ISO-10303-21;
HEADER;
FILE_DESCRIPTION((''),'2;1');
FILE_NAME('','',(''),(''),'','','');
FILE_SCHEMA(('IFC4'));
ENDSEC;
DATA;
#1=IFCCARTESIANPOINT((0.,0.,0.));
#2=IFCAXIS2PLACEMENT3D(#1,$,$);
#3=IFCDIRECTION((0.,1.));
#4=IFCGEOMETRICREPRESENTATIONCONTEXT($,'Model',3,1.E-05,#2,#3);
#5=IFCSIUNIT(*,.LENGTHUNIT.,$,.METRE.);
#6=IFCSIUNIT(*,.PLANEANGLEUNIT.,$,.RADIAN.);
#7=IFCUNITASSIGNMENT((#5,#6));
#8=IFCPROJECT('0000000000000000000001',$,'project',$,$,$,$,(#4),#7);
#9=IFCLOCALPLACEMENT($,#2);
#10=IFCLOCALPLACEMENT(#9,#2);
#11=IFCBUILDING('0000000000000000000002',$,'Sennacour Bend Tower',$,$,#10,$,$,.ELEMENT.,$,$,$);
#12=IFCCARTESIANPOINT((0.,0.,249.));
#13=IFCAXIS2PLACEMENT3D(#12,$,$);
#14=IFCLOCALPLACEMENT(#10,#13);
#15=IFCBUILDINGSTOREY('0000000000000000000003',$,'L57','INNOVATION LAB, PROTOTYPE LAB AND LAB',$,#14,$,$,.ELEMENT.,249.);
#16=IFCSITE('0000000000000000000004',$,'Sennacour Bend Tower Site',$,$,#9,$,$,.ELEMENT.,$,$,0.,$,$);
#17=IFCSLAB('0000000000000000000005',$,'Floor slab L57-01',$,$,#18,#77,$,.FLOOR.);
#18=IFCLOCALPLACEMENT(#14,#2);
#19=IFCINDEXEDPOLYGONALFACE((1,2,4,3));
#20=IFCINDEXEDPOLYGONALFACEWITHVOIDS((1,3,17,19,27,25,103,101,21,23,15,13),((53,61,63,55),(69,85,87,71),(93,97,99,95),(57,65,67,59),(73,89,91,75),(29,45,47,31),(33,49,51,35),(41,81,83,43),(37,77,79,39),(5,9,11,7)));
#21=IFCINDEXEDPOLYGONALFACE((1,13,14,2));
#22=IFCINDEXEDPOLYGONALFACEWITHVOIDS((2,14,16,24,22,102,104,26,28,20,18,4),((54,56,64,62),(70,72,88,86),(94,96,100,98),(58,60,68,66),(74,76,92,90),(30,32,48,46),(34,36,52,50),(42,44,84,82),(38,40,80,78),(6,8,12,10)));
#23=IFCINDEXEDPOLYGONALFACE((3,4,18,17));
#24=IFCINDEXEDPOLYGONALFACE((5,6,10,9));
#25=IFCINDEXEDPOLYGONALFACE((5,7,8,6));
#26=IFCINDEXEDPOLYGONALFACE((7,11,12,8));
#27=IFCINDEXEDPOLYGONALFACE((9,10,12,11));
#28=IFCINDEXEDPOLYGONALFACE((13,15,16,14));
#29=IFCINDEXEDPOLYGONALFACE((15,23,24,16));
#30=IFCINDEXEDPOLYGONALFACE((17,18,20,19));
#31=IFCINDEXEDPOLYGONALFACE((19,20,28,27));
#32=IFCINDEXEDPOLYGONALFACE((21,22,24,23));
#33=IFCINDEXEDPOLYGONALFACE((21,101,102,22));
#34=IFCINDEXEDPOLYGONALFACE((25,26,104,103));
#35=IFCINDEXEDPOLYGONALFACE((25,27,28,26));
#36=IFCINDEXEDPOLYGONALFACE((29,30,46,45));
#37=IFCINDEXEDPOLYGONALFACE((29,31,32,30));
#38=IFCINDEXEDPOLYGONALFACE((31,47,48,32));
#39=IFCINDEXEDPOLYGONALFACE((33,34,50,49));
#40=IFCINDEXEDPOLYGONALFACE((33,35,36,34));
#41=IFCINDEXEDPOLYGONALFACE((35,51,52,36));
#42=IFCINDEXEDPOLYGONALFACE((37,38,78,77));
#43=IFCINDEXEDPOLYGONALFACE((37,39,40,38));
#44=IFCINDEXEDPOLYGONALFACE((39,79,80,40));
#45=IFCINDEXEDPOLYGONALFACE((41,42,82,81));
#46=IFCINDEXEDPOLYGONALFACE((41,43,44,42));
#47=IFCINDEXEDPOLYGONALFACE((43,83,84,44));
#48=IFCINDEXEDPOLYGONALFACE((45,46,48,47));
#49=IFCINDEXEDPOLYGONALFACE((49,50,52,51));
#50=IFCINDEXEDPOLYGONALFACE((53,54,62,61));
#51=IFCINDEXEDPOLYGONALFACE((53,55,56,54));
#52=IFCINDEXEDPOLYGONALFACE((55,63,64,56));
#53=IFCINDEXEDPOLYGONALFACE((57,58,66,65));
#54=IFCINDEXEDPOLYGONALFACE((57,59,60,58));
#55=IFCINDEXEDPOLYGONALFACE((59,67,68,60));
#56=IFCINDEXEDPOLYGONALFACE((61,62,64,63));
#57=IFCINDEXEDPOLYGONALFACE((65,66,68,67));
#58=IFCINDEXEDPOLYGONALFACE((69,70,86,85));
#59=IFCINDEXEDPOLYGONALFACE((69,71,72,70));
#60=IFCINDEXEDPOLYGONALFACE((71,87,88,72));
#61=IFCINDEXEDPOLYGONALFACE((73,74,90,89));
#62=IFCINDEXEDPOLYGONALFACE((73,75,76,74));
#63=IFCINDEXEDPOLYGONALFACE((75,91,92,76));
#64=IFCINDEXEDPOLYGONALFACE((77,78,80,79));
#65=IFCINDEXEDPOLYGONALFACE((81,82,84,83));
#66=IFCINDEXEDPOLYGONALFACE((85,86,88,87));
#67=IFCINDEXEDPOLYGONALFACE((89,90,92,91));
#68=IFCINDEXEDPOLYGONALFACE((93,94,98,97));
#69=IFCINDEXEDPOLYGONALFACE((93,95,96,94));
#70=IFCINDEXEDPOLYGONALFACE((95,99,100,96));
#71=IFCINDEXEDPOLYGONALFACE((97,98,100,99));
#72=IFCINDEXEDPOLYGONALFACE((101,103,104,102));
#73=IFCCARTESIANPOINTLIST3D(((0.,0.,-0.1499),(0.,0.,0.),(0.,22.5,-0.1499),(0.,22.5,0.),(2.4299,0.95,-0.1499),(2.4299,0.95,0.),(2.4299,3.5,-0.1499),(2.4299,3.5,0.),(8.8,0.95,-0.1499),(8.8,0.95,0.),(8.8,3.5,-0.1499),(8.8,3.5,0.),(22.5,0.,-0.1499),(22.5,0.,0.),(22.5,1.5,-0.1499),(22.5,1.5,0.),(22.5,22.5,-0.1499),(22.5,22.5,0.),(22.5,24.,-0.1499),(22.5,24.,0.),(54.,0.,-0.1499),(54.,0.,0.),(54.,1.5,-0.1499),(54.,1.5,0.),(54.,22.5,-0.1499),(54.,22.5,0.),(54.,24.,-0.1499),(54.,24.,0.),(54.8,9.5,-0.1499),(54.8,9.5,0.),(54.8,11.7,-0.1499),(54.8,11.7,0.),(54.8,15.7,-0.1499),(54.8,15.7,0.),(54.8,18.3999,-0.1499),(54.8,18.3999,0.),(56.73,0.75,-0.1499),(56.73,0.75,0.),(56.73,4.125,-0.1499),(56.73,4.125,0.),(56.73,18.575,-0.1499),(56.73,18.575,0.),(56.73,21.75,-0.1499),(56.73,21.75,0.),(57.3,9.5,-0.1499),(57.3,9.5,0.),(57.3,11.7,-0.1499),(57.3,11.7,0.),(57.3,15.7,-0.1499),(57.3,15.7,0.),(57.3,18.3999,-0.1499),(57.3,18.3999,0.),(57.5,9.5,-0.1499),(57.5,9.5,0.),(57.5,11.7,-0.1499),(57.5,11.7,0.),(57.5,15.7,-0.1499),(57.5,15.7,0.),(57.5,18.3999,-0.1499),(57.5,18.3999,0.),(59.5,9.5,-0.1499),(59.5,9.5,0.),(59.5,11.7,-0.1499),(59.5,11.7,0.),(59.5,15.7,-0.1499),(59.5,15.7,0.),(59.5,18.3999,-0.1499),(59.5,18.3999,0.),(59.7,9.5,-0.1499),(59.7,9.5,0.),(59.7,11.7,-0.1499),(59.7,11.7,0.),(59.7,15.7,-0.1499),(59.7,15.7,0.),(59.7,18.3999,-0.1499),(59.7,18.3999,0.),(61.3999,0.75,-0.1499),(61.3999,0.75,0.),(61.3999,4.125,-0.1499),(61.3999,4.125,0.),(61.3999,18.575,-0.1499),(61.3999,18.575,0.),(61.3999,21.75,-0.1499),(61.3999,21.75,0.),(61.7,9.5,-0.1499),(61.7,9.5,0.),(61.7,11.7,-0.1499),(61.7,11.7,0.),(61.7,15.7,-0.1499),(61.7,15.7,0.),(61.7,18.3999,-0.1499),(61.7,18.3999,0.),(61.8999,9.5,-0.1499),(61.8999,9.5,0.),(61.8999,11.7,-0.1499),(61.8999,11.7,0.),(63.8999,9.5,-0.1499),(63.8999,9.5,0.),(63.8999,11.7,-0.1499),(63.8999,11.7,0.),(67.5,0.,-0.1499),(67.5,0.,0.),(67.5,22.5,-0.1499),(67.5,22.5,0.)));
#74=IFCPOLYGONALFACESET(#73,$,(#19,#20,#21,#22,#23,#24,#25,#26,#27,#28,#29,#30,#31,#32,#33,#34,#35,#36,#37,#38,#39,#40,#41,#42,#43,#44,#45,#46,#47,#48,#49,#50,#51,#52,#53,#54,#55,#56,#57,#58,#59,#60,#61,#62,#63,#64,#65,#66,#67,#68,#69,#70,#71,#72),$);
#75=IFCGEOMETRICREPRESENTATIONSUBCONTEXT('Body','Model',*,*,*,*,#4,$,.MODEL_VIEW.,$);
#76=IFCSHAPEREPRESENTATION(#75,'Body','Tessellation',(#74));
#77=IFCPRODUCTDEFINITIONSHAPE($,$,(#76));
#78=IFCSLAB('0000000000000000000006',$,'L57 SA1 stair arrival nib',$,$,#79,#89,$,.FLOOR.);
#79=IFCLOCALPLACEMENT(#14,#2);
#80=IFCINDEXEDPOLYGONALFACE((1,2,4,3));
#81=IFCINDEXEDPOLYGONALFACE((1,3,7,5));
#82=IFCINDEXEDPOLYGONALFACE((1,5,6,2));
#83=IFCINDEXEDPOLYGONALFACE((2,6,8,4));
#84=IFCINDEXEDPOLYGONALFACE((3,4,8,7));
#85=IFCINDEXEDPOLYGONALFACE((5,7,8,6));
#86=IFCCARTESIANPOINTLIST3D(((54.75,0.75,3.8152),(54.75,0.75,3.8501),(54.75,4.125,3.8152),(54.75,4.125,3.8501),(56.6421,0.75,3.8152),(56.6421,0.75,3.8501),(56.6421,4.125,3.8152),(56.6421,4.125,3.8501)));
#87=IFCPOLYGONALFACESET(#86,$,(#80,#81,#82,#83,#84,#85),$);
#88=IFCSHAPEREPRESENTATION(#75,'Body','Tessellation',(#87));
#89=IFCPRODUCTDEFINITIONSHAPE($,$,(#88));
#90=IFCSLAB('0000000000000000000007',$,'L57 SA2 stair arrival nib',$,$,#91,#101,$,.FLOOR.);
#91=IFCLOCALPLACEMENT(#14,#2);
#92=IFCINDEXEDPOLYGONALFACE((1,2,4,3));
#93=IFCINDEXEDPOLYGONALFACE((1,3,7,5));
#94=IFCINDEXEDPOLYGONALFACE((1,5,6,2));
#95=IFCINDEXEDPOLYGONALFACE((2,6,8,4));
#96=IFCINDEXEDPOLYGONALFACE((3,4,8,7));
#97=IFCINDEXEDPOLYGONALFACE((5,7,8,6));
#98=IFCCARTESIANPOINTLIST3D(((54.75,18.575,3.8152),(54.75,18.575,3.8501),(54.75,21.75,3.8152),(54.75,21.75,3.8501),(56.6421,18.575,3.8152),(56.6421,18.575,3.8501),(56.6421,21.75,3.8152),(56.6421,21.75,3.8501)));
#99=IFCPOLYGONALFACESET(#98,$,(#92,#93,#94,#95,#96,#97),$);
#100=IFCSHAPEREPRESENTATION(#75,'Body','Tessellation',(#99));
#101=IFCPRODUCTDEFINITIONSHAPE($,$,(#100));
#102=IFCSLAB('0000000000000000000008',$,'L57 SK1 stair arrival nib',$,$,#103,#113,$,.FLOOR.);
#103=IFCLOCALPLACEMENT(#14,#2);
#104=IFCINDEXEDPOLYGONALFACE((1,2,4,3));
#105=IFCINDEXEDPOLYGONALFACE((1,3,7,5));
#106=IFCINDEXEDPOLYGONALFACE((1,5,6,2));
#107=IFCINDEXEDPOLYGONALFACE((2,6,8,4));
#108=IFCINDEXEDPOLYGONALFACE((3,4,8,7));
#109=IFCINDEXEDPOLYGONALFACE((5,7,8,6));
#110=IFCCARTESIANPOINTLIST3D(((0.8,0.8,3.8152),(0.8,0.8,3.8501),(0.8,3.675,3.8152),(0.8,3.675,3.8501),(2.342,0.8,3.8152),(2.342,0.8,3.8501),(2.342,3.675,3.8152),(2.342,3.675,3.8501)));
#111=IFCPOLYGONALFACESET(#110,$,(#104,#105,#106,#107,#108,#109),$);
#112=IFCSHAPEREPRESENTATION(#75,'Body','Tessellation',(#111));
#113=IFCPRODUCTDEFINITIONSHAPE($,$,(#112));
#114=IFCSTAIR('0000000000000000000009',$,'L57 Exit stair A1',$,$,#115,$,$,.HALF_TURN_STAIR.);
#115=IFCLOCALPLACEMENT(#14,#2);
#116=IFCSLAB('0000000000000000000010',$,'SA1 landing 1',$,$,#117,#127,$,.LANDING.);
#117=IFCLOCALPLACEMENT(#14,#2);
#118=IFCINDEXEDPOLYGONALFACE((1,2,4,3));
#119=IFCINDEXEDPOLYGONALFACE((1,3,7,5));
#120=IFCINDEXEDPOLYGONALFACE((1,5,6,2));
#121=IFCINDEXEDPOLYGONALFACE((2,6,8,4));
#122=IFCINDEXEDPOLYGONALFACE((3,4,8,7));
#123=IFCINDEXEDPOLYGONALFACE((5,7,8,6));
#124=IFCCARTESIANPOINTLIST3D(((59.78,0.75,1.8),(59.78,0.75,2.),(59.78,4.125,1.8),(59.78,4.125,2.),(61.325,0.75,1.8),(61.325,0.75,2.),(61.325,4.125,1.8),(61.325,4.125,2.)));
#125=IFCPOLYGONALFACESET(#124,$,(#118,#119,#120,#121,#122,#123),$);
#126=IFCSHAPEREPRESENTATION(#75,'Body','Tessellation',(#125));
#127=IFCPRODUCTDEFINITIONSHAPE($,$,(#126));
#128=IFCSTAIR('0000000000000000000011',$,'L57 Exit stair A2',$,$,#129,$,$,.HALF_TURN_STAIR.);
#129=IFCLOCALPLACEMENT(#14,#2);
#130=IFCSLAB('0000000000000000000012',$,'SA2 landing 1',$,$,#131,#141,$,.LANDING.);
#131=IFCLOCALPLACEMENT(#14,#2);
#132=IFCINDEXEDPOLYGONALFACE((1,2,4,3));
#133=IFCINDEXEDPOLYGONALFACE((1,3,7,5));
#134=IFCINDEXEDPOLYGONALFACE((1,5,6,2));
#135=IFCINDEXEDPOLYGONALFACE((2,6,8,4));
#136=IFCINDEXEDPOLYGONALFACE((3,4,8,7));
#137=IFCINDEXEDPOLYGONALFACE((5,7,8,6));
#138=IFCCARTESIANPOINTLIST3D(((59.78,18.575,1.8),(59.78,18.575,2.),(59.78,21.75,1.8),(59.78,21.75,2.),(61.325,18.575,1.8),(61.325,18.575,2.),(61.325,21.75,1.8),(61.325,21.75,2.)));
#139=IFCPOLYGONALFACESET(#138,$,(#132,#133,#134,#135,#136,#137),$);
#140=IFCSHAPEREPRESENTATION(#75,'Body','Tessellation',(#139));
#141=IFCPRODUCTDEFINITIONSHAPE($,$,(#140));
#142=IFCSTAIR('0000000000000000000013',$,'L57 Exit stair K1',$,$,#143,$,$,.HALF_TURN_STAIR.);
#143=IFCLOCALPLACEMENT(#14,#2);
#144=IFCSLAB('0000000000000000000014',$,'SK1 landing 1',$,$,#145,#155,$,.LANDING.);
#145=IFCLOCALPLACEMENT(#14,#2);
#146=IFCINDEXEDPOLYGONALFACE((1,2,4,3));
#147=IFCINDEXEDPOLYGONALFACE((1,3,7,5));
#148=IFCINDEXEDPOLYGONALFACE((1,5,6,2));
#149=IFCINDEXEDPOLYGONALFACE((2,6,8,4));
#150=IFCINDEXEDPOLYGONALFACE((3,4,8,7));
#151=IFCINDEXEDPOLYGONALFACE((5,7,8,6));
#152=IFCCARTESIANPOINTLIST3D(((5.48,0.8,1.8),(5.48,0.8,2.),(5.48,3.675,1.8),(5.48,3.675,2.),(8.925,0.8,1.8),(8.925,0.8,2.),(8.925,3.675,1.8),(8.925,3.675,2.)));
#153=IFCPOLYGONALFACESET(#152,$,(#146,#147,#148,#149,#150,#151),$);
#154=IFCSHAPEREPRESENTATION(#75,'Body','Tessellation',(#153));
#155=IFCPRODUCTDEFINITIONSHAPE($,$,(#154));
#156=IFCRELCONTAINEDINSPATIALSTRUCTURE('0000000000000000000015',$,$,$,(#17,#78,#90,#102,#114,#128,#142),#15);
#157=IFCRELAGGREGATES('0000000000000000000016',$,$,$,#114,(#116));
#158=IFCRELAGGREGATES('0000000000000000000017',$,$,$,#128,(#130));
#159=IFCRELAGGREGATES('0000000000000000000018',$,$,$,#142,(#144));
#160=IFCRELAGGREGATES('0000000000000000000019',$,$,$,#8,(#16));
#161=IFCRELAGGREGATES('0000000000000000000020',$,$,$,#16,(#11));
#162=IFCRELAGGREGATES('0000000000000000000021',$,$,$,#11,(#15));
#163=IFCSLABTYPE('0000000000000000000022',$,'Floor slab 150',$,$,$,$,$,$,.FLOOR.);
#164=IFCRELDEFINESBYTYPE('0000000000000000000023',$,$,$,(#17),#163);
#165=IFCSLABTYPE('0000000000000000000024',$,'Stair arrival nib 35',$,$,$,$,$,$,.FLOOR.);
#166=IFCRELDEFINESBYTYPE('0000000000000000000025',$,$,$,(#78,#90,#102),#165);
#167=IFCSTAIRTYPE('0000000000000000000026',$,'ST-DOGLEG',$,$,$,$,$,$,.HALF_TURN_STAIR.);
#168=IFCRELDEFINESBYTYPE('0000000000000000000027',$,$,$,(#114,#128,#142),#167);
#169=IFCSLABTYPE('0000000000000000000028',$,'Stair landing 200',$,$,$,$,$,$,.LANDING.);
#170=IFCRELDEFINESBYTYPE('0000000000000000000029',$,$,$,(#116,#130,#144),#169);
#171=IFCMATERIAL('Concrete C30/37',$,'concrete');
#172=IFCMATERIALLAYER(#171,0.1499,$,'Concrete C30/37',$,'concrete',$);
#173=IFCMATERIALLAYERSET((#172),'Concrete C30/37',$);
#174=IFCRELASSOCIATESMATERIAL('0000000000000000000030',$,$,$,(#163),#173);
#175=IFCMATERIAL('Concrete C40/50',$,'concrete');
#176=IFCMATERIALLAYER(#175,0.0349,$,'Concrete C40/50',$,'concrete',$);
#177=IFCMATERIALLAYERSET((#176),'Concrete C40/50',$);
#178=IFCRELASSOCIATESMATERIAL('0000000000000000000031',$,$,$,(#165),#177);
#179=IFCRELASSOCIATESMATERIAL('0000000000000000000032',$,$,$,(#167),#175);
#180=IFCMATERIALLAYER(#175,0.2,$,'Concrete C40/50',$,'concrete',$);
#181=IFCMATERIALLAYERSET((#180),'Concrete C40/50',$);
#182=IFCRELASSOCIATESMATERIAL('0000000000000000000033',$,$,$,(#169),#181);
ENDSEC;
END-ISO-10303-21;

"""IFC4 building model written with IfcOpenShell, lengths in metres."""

from ifc_helpers import new_model, si_unit, direction, frame, origin, place, context, subcontext, project, spatial, polyline, outline, extrude, material, layer, layer_set, type_object, element, aggregate, save


model = new_model("IFC4")

# Units and contexts
model_context = context("Model", 3, precision=1e-05, world=origin(), true_north=direction((0.0, 1.0)))
body_context = subcontext(model_context, "Body", "Model", "MODEL_VIEW")
ifc_project = project(units=[si_unit("LENGTHUNIT", "METRE"), si_unit("PLANEANGLEUNIT", "RADIAN")], contexts=[model_context])

# Site, building, storey
site_placement = place(None, origin())
site = spatial("IfcSite", under=ifc_project, at=site_placement, Name="Sennacour Bend Tower Site", CompositionType="ELEMENT", RefElevation=0.0)
building_placement = place(site_placement, origin())
building = spatial("IfcBuilding", under=site, at=building_placement, Name="Sennacour Bend Tower", CompositionType="ELEMENT")
storey_placement = place(building_placement, frame((0.0, 0.0, 249.0)))
storey = spatial("IfcBuildingStorey", under=building, at=storey_placement, Name="L57", Description="INNOVATION LAB, PROTOTYPE LAB AND LAB", CompositionType="ELEMENT", Elevation=249.0)

# Slabs
ifc_material_1 = material(Name="Concrete C30/37", Category="concrete")
ifc_layer_1 = layer(ifc_material_1, 0.1499, Name="Concrete C30/37", Category="concrete")
ifc_layer_set_1 = layer_set([ifc_layer_1], Name="Concrete C30/37")
slab_type_1 = type_object("IfcSlabType", Name="Floor slab 150", PredefinedType="FLOOR", material=ifc_layer_set_1)
slab_1_placement = place(storey_placement, frame((0.0, 0.0, -0.1499)))
element("IfcSlab", 1, at=slab_1_placement, inside=storey, type_object=slab_type_1, Name="Floor slab L57-01", PredefinedType="FLOOR", context=body_context, shape_type="SweptSolid", body=[
    extrude(outline(polyline([(0.0, 0.0), (0.0, 22.5), (22.5, 22.5), (22.5, 24.0), (54.0, 24.0), (54.0, 22.5), (67.5, 22.5), (67.5, 0.0), (54.0, 0.0), (54.0, 1.5), (22.5, 1.5), (22.5, 0.0), (0.0, 0.0)]), holes=[polyline([(8.8, 3.5), (2.4299, 3.5), (2.4299, 0.95), (8.8, 0.95), (8.8, 3.5)]), polyline([(61.3999, 4.125), (56.73, 4.125), (56.73, 0.75), (61.3999, 0.75), (61.3999, 4.125)]), polyline([(57.3, 11.7), (54.8, 11.7), (54.8, 9.5), (57.3, 9.5), (57.3, 11.7)]), polyline([(59.5, 9.5), (59.5, 11.7), (57.5, 11.7), (57.5, 9.5), (59.5, 9.5)]), polyline([(61.7, 9.5), (61.7, 11.7), (59.7, 11.7), (59.7, 9.5), (61.7, 9.5)]), polyline([(63.8999, 11.7), (61.8999, 11.7), (61.8999, 9.5), (63.8999, 9.5), (63.8999, 11.7)]), polyline([(57.3, 18.3999), (54.8, 18.3999), (54.8, 15.7), (57.3, 15.7), (57.3, 18.3999)]), polyline([(59.5, 18.3999), (57.5, 18.3999), (57.5, 15.7), (59.5, 15.7), (59.5, 18.3999)]), polyline([(61.7, 15.7), (61.7, 18.3999), (59.7, 18.3999), (59.7, 15.7), (61.7, 15.7)]), polyline([(61.3999, 18.575), (61.3999, 21.75), (56.73, 21.75), (56.73, 18.575), (61.3999, 18.575)])]), origin(), (0.0, 0.0, 1.0), 0.1499),
])
ifc_material_2 = material(Name="Concrete C40/50", Category="concrete")
ifc_layer_2 = layer(ifc_material_2, 0.0349, Name="Concrete C40/50", Category="concrete")
ifc_layer_set_2 = layer_set([ifc_layer_2], Name="Concrete C40/50")
slab_type_2 = type_object("IfcSlabType", Name="Stair arrival nib 35", PredefinedType="FLOOR", material=ifc_layer_set_2)
slab_2_placement = place(storey_placement, frame((0.0, 0.0, 3.8152)))
element("IfcSlab", 2, at=slab_2_placement, inside=storey, type_object=slab_type_2, Name="L57 SA1 stair arrival nib", PredefinedType="FLOOR", context=body_context, shape_type="SweptSolid", body=[
    extrude(outline(polyline([(56.6421, 4.125), (54.75, 4.125), (54.75, 0.75), (56.6421, 0.75), (56.6421, 4.125)])), origin(), (0.0, 0.0, 1.0), 0.0349),
])
slab_3_placement = place(storey_placement, frame((0.0, 0.0, 3.8152)))
element("IfcSlab", 3, at=slab_3_placement, inside=storey, type_object=slab_type_2, Name="L57 SA2 stair arrival nib", PredefinedType="FLOOR", context=body_context, shape_type="SweptSolid", body=[
    extrude(outline(polyline([(56.6421, 21.75), (54.75, 21.75), (54.75, 18.575), (56.6421, 18.575), (56.6421, 21.75)])), origin(), (0.0, 0.0, 1.0), 0.0349),
])
slab_4_placement = place(storey_placement, frame((0.0, 0.0, 3.8152)))
element("IfcSlab", 4, at=slab_4_placement, inside=storey, type_object=slab_type_2, Name="L57 SK1 stair arrival nib", PredefinedType="FLOOR", context=body_context, shape_type="SweptSolid", body=[
    extrude(outline(polyline([(2.342, 3.675), (0.8, 3.675), (0.8, 0.8), (2.342, 0.8), (2.342, 3.675)])), origin(), (0.0, 0.0, 1.0), 0.0349),
])

# Stairs, slabs
stair_type = type_object("IfcStairType", Name="ST-DOGLEG", PredefinedType="HALF_TURN_STAIR", material=ifc_material_2)
stair_1_placement = place(storey_placement, origin())
stair_1 = element("IfcStair", 5, at=stair_1_placement, inside=storey, type_object=stair_type, Name="L57 Exit stair A1", PredefinedType="HALF_TURN_STAIR")
ifc_layer_3 = layer(ifc_material_2, 0.2, Name="Concrete C40/50", Category="concrete")
ifc_layer_set_3 = layer_set([ifc_layer_3], Name="Concrete C40/50")
slab_type_3 = type_object("IfcSlabType", Name="Stair landing 200", PredefinedType="LANDING", material=ifc_layer_set_3)
slab_5_placement = place(storey_placement, frame((0.0, 0.0, 1.8)))
slab_5 = element("IfcSlab", 6, at=slab_5_placement, type_object=slab_type_3, Name="SA1 landing 1", PredefinedType="LANDING", context=body_context, shape_type="SweptSolid", body=[
    extrude(outline(polyline([(59.78, 0.75), (61.325, 0.75), (61.325, 4.125), (59.78, 4.125), (59.78, 0.75)])), origin(), (0.0, 0.0, 1.0), 0.2),
])
aggregate(stair_1, [slab_5])
stair_2_placement = place(storey_placement, origin())
stair_2 = element("IfcStair", 7, at=stair_2_placement, inside=storey, type_object=stair_type, Name="L57 Exit stair A2", PredefinedType="HALF_TURN_STAIR")
slab_6_placement = place(storey_placement, frame((0.0, 0.0, 1.8)))
slab_6 = element("IfcSlab", 8, at=slab_6_placement, type_object=slab_type_3, Name="SA2 landing 1", PredefinedType="LANDING", context=body_context, shape_type="SweptSolid", body=[
    extrude(outline(polyline([(59.78, 18.575), (61.325, 18.575), (61.325, 21.75), (59.78, 21.75), (59.78, 18.575)])), origin(), (0.0, 0.0, 1.0), 0.2),
])
aggregate(stair_2, [slab_6])
stair_3_placement = place(storey_placement, origin())
stair_3 = element("IfcStair", 9, at=stair_3_placement, inside=storey, type_object=stair_type, Name="L57 Exit stair K1", PredefinedType="HALF_TURN_STAIR")
slab_7_placement = place(storey_placement, frame((0.0, 0.0, 1.8)))
slab_7 = element("IfcSlab", 10, at=slab_7_placement, type_object=slab_type_3, Name="SK1 landing 1", PredefinedType="LANDING", context=body_context, shape_type="SweptSolid", body=[
    extrude(outline(polyline([(5.48, 0.8), (8.925, 0.8), (8.925, 3.675), (5.48, 3.675), (5.48, 0.8)])), origin(), (0.0, 0.0, 1.0), 0.2),
])

aggregate(stair_3, [slab_7])

save(model, "model.ifc")
